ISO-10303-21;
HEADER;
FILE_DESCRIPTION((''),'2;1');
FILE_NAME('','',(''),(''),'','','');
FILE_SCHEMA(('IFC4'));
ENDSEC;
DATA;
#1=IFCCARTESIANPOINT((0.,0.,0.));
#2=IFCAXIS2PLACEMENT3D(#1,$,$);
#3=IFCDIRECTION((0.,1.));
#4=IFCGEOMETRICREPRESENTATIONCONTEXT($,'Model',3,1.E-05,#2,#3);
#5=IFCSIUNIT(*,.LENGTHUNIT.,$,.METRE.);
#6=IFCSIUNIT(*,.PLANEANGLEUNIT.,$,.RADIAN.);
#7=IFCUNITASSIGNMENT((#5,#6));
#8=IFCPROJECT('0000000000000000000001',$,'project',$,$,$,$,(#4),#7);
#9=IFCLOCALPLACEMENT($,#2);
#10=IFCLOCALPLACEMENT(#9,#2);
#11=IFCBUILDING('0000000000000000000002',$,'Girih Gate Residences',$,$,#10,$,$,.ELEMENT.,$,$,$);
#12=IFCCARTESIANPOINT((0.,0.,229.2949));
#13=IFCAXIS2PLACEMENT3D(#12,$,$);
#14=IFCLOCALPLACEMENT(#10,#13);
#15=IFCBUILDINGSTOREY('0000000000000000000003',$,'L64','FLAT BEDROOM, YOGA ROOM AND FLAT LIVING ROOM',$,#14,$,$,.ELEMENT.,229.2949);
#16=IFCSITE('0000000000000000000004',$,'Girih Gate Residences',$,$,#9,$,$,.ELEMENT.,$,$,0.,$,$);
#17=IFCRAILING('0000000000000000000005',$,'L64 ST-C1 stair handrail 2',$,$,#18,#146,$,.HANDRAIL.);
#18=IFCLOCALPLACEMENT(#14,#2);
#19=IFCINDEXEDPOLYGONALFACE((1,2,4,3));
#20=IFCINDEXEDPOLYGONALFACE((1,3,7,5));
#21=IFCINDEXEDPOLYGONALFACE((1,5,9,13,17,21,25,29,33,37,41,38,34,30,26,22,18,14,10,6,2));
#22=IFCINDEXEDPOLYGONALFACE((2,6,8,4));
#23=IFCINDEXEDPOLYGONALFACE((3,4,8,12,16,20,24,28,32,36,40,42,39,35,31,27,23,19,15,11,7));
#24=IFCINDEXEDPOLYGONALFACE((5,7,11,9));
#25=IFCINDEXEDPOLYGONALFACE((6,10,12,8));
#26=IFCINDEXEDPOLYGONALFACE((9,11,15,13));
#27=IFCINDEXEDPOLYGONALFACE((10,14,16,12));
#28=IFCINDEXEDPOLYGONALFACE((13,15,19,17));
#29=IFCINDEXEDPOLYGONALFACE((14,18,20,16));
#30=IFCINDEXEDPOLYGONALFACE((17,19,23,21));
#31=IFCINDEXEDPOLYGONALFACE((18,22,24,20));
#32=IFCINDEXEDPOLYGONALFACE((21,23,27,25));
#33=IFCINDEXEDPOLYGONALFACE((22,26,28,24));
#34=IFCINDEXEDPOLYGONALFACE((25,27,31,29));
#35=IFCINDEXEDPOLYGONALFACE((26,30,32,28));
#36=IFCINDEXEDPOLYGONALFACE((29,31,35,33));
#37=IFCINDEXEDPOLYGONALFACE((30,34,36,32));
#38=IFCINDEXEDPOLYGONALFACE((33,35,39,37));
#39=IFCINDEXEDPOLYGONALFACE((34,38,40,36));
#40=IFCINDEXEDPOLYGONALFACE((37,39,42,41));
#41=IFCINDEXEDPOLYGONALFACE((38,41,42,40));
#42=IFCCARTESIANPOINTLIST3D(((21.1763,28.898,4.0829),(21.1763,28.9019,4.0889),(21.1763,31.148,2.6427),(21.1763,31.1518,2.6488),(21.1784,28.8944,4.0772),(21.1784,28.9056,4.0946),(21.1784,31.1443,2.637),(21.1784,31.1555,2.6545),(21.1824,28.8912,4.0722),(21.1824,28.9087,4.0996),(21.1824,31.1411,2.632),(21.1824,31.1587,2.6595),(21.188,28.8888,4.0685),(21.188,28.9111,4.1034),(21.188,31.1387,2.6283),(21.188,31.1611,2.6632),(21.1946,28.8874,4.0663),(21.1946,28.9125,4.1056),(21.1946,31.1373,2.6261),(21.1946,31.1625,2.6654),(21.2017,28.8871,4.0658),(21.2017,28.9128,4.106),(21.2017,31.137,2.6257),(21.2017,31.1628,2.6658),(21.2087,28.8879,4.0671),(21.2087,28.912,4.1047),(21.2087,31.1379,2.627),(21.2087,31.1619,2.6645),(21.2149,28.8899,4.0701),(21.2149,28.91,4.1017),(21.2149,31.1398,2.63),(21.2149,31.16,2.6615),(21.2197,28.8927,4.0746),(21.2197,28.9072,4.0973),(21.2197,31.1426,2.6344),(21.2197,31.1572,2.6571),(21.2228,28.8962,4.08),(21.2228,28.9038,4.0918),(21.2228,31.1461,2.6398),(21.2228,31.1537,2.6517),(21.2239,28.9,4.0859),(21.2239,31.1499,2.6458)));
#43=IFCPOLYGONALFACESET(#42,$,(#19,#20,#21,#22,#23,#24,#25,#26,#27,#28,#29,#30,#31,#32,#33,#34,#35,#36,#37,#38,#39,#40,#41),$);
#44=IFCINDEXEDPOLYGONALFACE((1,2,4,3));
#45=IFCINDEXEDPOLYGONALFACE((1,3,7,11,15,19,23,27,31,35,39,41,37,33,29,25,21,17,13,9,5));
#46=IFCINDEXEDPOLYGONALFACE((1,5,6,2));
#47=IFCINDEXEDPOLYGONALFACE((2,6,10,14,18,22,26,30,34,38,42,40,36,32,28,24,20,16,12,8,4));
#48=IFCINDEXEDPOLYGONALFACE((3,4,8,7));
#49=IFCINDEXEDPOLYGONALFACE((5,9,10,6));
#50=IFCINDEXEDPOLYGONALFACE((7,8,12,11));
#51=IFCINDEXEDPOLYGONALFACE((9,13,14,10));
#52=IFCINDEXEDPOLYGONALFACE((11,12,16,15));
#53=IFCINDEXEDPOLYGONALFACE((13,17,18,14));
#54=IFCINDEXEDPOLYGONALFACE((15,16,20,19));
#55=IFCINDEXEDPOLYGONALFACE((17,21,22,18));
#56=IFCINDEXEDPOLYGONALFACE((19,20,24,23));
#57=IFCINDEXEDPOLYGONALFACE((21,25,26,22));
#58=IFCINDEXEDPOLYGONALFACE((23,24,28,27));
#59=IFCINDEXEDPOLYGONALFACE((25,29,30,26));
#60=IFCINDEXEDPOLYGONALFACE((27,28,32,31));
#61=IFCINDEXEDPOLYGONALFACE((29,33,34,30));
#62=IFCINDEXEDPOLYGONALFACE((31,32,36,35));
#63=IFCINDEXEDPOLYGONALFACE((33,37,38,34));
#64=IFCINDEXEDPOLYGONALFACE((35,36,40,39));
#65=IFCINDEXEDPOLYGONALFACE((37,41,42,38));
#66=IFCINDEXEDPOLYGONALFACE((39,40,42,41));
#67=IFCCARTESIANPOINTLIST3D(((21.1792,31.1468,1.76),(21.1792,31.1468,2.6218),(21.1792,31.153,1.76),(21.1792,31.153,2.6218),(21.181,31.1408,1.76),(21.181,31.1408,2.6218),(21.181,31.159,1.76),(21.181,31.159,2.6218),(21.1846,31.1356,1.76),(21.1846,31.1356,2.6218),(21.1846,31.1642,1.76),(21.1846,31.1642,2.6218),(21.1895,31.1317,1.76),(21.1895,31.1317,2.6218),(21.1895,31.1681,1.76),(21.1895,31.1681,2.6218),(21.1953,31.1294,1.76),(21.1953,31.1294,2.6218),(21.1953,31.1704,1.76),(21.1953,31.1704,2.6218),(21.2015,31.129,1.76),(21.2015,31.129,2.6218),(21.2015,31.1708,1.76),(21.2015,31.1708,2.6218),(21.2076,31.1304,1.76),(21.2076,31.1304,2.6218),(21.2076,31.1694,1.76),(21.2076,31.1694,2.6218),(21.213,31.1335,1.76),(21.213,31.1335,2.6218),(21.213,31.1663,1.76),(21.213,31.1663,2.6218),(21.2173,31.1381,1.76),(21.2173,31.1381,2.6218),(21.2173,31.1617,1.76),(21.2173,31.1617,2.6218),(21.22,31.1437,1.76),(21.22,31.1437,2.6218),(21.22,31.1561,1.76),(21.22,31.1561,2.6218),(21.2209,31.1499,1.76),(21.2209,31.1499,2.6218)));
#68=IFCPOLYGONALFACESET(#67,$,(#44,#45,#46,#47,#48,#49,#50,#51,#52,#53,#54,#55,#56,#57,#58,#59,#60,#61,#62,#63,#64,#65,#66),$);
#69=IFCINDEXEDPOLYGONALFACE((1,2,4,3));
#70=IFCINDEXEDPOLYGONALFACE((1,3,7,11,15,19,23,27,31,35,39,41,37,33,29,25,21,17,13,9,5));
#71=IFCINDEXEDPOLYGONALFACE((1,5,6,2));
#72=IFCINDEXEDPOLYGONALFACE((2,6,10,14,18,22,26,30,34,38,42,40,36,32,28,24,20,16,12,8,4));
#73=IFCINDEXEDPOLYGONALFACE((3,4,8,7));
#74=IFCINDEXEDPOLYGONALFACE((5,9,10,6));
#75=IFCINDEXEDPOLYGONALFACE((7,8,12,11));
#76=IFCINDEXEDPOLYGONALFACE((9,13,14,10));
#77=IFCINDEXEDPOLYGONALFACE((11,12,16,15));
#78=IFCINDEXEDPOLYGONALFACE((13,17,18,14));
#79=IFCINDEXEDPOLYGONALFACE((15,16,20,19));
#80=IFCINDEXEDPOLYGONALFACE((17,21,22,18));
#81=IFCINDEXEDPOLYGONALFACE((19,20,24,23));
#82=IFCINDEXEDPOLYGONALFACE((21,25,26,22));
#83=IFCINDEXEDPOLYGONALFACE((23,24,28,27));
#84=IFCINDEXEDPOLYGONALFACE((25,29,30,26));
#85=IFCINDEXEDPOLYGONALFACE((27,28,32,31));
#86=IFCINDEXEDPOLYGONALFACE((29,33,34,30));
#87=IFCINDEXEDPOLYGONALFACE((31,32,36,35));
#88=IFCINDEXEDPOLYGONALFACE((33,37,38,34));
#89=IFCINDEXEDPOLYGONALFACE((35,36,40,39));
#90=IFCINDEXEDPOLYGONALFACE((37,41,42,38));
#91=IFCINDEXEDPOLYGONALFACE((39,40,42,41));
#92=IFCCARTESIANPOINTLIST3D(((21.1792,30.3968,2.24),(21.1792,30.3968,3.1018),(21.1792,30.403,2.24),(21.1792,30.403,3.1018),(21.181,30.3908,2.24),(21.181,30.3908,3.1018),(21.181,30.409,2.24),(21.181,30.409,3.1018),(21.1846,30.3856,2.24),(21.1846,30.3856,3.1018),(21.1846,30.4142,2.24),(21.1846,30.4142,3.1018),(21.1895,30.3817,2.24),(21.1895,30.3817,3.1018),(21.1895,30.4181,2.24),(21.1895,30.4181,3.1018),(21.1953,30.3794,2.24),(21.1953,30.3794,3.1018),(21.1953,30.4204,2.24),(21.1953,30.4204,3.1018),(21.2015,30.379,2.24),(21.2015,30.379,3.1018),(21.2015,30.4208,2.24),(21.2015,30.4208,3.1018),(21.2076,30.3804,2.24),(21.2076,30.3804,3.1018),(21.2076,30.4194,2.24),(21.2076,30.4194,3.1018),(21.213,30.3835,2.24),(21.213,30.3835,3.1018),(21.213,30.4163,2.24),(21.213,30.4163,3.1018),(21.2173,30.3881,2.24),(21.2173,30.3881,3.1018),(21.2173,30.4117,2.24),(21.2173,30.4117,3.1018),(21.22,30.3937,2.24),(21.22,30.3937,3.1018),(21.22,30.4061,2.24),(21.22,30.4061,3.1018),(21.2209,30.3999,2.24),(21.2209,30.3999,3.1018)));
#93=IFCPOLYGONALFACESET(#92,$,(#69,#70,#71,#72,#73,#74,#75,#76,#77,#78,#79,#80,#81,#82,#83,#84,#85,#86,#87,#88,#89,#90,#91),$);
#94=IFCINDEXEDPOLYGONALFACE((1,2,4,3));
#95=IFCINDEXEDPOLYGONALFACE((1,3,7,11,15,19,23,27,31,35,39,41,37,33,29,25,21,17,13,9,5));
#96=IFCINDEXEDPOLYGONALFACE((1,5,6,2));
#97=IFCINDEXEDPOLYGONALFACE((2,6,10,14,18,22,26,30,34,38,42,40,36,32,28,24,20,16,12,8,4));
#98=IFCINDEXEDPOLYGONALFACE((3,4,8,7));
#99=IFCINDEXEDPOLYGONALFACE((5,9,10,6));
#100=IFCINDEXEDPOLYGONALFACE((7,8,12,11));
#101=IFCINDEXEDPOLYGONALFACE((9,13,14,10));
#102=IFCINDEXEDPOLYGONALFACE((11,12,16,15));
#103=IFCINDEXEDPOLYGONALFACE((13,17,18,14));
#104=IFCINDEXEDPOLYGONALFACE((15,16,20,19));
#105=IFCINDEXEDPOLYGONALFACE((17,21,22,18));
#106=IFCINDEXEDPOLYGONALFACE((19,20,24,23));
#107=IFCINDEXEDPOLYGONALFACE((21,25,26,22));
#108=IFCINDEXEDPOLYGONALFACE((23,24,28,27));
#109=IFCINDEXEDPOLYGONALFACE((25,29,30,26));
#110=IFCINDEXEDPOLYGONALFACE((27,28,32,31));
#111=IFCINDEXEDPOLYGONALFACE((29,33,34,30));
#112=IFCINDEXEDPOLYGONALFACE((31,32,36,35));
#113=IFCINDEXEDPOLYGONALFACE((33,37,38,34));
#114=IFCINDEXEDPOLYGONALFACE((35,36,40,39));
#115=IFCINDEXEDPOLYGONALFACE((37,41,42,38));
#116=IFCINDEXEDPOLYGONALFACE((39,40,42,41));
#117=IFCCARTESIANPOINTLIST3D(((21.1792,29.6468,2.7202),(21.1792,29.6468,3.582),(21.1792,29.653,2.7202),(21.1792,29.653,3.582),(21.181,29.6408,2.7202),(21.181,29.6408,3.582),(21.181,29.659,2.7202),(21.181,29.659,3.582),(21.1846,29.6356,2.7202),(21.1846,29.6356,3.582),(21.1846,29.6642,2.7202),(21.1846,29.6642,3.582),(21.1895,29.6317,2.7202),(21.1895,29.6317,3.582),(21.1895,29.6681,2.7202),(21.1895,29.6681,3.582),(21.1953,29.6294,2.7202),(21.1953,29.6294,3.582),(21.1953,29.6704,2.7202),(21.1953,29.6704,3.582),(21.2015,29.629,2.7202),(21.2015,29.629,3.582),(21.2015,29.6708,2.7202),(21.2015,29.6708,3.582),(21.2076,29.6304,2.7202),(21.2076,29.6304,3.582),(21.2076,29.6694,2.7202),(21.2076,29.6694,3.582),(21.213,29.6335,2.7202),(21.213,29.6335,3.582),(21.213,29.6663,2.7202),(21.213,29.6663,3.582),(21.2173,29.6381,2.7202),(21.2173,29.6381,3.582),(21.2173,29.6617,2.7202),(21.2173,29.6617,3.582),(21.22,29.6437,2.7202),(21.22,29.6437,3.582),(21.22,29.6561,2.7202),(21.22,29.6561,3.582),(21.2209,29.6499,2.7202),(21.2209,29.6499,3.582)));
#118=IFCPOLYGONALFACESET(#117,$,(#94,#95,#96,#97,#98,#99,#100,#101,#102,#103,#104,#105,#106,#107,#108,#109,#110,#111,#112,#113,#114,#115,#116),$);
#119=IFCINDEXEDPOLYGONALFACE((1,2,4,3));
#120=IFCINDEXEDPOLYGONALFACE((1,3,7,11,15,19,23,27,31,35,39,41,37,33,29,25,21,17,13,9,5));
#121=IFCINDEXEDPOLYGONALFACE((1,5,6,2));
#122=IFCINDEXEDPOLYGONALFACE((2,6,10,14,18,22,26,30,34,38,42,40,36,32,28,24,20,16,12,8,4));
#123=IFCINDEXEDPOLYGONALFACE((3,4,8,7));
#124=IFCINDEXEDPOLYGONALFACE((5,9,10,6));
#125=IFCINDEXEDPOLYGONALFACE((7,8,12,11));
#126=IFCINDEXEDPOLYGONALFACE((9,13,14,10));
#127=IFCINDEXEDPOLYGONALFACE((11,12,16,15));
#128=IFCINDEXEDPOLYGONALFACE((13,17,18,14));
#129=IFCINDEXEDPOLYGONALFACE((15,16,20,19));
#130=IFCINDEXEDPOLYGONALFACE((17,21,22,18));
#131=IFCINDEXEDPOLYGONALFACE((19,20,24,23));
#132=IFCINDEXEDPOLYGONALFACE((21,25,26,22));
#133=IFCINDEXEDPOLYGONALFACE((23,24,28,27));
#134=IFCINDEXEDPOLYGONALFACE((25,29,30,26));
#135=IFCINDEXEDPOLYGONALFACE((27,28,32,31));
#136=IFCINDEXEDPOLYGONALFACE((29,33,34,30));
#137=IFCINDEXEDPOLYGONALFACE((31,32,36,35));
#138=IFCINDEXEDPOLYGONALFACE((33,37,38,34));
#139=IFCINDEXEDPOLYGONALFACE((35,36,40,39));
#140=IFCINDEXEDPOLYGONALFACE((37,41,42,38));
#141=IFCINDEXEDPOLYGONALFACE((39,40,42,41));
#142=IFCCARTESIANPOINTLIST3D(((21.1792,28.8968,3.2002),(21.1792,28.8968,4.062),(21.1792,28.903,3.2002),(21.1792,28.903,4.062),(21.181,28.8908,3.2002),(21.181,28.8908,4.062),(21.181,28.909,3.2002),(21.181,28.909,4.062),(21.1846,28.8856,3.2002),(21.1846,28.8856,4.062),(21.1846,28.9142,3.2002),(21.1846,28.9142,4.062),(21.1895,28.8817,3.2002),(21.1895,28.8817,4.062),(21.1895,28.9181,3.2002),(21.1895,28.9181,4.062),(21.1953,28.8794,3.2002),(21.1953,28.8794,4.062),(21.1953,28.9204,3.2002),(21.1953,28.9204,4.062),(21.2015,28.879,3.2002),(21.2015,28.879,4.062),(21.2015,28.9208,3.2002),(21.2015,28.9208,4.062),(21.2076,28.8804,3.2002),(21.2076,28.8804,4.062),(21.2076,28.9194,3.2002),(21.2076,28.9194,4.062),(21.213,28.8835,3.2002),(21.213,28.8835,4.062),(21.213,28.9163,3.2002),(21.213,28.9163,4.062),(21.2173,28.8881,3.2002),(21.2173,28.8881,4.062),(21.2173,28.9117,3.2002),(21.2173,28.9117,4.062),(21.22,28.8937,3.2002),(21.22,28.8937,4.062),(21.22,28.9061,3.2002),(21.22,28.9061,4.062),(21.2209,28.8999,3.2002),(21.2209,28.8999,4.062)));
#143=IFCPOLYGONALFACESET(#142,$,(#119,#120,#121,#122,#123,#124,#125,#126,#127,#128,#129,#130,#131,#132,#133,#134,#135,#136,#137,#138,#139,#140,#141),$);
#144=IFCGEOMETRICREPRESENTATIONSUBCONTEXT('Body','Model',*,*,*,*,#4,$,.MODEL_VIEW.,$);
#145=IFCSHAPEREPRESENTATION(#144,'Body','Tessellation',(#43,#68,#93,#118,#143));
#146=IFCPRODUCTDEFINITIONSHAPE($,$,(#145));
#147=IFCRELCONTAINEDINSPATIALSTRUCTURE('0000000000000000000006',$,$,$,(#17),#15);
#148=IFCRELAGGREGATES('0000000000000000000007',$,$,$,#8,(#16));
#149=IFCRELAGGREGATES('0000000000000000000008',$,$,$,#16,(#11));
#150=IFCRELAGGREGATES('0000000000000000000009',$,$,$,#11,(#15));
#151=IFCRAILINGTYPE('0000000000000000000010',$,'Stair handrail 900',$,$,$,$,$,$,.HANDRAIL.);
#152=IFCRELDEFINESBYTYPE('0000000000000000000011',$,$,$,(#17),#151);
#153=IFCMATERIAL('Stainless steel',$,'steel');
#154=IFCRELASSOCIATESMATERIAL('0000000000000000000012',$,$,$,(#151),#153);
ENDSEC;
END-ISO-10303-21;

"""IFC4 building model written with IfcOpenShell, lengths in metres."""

from ifc_helpers import new_model, si_unit, direction, frame, origin, origin_2d, place, context, subcontext, project, spatial, circle, extrude, material, type_object, element, save


model = new_model("IFC4")

# Units and contexts
model_context = context("Model", 3, precision=1e-05, world=origin(), true_north=direction((0.0, 1.0)))
body_context = subcontext(model_context, "Body", "Model", "MODEL_VIEW")
ifc_project = project(units=[si_unit("LENGTHUNIT", "METRE"), si_unit("PLANEANGLEUNIT", "RADIAN")], contexts=[model_context])

# Site, building, storey
site_placement = place(None, origin())
site = spatial("IfcSite", under=ifc_project, at=site_placement, Name="Girih Gate Residences", CompositionType="ELEMENT", RefElevation=0.0)
building_placement = place(site_placement, origin())
building = spatial("IfcBuilding", under=site, at=building_placement, Name="Girih Gate Residences", CompositionType="ELEMENT")
storey_placement = place(building_placement, frame((0.0, 0.0, 229.2949)))
storey = spatial("IfcBuildingStorey", under=building, at=storey_placement, Name="L64", Description="FLAT BEDROOM, YOGA ROOM AND FLAT LIVING ROOM", CompositionType="ELEMENT", Elevation=229.2949)

# Railing
ifc_material_1 = material(Name="Stainless steel", Category="steel")
railing_type_1 = type_object("IfcRailingType", Name="Stair handrail 900", PredefinedType="HANDRAIL", material=ifc_material_1)
railing_1_placement = place(storey_placement, frame((21.2, 31.1499, 1.76)))
element("IfcRailing", 1, at=railing_1_placement, inside=storey, type_object=railing_type_1, Name="L64 ST-C1 stair handrail 2", PredefinedType="HANDRAIL", context=body_context, shape_type="SweptSolid", body=[
    extrude(circle(Radius=0.0239, at=origin_2d()), frame((0.0, 0.0, 0.8857), z_axis=(0.0, -0.84224, 0.539103), x_axis=(1.0, 0.0, 0.0)), (0.0, 0.0, 1.0), 2.6714),
    extrude(circle(Radius=0.021, at=origin_2d()), origin(), (0.0, 0.0, 1.0), 0.8618),
    extrude(circle(Radius=0.021, at=origin_2d()), frame((0.0, -0.75, 0.48)), (0.0, 0.0, 1.0), 0.8618),
    extrude(circle(Radius=0.021, at=origin_2d()), frame((0.0, -1.5, 0.9602)), (0.0, 0.0, 1.0), 0.8618),
    extrude(circle(Radius=0.021, at=origin_2d()), frame((0.0, -2.25, 1.4402)), (0.0, 0.0, 1.0), 0.8618),
])

save(model, "model.ifc")
